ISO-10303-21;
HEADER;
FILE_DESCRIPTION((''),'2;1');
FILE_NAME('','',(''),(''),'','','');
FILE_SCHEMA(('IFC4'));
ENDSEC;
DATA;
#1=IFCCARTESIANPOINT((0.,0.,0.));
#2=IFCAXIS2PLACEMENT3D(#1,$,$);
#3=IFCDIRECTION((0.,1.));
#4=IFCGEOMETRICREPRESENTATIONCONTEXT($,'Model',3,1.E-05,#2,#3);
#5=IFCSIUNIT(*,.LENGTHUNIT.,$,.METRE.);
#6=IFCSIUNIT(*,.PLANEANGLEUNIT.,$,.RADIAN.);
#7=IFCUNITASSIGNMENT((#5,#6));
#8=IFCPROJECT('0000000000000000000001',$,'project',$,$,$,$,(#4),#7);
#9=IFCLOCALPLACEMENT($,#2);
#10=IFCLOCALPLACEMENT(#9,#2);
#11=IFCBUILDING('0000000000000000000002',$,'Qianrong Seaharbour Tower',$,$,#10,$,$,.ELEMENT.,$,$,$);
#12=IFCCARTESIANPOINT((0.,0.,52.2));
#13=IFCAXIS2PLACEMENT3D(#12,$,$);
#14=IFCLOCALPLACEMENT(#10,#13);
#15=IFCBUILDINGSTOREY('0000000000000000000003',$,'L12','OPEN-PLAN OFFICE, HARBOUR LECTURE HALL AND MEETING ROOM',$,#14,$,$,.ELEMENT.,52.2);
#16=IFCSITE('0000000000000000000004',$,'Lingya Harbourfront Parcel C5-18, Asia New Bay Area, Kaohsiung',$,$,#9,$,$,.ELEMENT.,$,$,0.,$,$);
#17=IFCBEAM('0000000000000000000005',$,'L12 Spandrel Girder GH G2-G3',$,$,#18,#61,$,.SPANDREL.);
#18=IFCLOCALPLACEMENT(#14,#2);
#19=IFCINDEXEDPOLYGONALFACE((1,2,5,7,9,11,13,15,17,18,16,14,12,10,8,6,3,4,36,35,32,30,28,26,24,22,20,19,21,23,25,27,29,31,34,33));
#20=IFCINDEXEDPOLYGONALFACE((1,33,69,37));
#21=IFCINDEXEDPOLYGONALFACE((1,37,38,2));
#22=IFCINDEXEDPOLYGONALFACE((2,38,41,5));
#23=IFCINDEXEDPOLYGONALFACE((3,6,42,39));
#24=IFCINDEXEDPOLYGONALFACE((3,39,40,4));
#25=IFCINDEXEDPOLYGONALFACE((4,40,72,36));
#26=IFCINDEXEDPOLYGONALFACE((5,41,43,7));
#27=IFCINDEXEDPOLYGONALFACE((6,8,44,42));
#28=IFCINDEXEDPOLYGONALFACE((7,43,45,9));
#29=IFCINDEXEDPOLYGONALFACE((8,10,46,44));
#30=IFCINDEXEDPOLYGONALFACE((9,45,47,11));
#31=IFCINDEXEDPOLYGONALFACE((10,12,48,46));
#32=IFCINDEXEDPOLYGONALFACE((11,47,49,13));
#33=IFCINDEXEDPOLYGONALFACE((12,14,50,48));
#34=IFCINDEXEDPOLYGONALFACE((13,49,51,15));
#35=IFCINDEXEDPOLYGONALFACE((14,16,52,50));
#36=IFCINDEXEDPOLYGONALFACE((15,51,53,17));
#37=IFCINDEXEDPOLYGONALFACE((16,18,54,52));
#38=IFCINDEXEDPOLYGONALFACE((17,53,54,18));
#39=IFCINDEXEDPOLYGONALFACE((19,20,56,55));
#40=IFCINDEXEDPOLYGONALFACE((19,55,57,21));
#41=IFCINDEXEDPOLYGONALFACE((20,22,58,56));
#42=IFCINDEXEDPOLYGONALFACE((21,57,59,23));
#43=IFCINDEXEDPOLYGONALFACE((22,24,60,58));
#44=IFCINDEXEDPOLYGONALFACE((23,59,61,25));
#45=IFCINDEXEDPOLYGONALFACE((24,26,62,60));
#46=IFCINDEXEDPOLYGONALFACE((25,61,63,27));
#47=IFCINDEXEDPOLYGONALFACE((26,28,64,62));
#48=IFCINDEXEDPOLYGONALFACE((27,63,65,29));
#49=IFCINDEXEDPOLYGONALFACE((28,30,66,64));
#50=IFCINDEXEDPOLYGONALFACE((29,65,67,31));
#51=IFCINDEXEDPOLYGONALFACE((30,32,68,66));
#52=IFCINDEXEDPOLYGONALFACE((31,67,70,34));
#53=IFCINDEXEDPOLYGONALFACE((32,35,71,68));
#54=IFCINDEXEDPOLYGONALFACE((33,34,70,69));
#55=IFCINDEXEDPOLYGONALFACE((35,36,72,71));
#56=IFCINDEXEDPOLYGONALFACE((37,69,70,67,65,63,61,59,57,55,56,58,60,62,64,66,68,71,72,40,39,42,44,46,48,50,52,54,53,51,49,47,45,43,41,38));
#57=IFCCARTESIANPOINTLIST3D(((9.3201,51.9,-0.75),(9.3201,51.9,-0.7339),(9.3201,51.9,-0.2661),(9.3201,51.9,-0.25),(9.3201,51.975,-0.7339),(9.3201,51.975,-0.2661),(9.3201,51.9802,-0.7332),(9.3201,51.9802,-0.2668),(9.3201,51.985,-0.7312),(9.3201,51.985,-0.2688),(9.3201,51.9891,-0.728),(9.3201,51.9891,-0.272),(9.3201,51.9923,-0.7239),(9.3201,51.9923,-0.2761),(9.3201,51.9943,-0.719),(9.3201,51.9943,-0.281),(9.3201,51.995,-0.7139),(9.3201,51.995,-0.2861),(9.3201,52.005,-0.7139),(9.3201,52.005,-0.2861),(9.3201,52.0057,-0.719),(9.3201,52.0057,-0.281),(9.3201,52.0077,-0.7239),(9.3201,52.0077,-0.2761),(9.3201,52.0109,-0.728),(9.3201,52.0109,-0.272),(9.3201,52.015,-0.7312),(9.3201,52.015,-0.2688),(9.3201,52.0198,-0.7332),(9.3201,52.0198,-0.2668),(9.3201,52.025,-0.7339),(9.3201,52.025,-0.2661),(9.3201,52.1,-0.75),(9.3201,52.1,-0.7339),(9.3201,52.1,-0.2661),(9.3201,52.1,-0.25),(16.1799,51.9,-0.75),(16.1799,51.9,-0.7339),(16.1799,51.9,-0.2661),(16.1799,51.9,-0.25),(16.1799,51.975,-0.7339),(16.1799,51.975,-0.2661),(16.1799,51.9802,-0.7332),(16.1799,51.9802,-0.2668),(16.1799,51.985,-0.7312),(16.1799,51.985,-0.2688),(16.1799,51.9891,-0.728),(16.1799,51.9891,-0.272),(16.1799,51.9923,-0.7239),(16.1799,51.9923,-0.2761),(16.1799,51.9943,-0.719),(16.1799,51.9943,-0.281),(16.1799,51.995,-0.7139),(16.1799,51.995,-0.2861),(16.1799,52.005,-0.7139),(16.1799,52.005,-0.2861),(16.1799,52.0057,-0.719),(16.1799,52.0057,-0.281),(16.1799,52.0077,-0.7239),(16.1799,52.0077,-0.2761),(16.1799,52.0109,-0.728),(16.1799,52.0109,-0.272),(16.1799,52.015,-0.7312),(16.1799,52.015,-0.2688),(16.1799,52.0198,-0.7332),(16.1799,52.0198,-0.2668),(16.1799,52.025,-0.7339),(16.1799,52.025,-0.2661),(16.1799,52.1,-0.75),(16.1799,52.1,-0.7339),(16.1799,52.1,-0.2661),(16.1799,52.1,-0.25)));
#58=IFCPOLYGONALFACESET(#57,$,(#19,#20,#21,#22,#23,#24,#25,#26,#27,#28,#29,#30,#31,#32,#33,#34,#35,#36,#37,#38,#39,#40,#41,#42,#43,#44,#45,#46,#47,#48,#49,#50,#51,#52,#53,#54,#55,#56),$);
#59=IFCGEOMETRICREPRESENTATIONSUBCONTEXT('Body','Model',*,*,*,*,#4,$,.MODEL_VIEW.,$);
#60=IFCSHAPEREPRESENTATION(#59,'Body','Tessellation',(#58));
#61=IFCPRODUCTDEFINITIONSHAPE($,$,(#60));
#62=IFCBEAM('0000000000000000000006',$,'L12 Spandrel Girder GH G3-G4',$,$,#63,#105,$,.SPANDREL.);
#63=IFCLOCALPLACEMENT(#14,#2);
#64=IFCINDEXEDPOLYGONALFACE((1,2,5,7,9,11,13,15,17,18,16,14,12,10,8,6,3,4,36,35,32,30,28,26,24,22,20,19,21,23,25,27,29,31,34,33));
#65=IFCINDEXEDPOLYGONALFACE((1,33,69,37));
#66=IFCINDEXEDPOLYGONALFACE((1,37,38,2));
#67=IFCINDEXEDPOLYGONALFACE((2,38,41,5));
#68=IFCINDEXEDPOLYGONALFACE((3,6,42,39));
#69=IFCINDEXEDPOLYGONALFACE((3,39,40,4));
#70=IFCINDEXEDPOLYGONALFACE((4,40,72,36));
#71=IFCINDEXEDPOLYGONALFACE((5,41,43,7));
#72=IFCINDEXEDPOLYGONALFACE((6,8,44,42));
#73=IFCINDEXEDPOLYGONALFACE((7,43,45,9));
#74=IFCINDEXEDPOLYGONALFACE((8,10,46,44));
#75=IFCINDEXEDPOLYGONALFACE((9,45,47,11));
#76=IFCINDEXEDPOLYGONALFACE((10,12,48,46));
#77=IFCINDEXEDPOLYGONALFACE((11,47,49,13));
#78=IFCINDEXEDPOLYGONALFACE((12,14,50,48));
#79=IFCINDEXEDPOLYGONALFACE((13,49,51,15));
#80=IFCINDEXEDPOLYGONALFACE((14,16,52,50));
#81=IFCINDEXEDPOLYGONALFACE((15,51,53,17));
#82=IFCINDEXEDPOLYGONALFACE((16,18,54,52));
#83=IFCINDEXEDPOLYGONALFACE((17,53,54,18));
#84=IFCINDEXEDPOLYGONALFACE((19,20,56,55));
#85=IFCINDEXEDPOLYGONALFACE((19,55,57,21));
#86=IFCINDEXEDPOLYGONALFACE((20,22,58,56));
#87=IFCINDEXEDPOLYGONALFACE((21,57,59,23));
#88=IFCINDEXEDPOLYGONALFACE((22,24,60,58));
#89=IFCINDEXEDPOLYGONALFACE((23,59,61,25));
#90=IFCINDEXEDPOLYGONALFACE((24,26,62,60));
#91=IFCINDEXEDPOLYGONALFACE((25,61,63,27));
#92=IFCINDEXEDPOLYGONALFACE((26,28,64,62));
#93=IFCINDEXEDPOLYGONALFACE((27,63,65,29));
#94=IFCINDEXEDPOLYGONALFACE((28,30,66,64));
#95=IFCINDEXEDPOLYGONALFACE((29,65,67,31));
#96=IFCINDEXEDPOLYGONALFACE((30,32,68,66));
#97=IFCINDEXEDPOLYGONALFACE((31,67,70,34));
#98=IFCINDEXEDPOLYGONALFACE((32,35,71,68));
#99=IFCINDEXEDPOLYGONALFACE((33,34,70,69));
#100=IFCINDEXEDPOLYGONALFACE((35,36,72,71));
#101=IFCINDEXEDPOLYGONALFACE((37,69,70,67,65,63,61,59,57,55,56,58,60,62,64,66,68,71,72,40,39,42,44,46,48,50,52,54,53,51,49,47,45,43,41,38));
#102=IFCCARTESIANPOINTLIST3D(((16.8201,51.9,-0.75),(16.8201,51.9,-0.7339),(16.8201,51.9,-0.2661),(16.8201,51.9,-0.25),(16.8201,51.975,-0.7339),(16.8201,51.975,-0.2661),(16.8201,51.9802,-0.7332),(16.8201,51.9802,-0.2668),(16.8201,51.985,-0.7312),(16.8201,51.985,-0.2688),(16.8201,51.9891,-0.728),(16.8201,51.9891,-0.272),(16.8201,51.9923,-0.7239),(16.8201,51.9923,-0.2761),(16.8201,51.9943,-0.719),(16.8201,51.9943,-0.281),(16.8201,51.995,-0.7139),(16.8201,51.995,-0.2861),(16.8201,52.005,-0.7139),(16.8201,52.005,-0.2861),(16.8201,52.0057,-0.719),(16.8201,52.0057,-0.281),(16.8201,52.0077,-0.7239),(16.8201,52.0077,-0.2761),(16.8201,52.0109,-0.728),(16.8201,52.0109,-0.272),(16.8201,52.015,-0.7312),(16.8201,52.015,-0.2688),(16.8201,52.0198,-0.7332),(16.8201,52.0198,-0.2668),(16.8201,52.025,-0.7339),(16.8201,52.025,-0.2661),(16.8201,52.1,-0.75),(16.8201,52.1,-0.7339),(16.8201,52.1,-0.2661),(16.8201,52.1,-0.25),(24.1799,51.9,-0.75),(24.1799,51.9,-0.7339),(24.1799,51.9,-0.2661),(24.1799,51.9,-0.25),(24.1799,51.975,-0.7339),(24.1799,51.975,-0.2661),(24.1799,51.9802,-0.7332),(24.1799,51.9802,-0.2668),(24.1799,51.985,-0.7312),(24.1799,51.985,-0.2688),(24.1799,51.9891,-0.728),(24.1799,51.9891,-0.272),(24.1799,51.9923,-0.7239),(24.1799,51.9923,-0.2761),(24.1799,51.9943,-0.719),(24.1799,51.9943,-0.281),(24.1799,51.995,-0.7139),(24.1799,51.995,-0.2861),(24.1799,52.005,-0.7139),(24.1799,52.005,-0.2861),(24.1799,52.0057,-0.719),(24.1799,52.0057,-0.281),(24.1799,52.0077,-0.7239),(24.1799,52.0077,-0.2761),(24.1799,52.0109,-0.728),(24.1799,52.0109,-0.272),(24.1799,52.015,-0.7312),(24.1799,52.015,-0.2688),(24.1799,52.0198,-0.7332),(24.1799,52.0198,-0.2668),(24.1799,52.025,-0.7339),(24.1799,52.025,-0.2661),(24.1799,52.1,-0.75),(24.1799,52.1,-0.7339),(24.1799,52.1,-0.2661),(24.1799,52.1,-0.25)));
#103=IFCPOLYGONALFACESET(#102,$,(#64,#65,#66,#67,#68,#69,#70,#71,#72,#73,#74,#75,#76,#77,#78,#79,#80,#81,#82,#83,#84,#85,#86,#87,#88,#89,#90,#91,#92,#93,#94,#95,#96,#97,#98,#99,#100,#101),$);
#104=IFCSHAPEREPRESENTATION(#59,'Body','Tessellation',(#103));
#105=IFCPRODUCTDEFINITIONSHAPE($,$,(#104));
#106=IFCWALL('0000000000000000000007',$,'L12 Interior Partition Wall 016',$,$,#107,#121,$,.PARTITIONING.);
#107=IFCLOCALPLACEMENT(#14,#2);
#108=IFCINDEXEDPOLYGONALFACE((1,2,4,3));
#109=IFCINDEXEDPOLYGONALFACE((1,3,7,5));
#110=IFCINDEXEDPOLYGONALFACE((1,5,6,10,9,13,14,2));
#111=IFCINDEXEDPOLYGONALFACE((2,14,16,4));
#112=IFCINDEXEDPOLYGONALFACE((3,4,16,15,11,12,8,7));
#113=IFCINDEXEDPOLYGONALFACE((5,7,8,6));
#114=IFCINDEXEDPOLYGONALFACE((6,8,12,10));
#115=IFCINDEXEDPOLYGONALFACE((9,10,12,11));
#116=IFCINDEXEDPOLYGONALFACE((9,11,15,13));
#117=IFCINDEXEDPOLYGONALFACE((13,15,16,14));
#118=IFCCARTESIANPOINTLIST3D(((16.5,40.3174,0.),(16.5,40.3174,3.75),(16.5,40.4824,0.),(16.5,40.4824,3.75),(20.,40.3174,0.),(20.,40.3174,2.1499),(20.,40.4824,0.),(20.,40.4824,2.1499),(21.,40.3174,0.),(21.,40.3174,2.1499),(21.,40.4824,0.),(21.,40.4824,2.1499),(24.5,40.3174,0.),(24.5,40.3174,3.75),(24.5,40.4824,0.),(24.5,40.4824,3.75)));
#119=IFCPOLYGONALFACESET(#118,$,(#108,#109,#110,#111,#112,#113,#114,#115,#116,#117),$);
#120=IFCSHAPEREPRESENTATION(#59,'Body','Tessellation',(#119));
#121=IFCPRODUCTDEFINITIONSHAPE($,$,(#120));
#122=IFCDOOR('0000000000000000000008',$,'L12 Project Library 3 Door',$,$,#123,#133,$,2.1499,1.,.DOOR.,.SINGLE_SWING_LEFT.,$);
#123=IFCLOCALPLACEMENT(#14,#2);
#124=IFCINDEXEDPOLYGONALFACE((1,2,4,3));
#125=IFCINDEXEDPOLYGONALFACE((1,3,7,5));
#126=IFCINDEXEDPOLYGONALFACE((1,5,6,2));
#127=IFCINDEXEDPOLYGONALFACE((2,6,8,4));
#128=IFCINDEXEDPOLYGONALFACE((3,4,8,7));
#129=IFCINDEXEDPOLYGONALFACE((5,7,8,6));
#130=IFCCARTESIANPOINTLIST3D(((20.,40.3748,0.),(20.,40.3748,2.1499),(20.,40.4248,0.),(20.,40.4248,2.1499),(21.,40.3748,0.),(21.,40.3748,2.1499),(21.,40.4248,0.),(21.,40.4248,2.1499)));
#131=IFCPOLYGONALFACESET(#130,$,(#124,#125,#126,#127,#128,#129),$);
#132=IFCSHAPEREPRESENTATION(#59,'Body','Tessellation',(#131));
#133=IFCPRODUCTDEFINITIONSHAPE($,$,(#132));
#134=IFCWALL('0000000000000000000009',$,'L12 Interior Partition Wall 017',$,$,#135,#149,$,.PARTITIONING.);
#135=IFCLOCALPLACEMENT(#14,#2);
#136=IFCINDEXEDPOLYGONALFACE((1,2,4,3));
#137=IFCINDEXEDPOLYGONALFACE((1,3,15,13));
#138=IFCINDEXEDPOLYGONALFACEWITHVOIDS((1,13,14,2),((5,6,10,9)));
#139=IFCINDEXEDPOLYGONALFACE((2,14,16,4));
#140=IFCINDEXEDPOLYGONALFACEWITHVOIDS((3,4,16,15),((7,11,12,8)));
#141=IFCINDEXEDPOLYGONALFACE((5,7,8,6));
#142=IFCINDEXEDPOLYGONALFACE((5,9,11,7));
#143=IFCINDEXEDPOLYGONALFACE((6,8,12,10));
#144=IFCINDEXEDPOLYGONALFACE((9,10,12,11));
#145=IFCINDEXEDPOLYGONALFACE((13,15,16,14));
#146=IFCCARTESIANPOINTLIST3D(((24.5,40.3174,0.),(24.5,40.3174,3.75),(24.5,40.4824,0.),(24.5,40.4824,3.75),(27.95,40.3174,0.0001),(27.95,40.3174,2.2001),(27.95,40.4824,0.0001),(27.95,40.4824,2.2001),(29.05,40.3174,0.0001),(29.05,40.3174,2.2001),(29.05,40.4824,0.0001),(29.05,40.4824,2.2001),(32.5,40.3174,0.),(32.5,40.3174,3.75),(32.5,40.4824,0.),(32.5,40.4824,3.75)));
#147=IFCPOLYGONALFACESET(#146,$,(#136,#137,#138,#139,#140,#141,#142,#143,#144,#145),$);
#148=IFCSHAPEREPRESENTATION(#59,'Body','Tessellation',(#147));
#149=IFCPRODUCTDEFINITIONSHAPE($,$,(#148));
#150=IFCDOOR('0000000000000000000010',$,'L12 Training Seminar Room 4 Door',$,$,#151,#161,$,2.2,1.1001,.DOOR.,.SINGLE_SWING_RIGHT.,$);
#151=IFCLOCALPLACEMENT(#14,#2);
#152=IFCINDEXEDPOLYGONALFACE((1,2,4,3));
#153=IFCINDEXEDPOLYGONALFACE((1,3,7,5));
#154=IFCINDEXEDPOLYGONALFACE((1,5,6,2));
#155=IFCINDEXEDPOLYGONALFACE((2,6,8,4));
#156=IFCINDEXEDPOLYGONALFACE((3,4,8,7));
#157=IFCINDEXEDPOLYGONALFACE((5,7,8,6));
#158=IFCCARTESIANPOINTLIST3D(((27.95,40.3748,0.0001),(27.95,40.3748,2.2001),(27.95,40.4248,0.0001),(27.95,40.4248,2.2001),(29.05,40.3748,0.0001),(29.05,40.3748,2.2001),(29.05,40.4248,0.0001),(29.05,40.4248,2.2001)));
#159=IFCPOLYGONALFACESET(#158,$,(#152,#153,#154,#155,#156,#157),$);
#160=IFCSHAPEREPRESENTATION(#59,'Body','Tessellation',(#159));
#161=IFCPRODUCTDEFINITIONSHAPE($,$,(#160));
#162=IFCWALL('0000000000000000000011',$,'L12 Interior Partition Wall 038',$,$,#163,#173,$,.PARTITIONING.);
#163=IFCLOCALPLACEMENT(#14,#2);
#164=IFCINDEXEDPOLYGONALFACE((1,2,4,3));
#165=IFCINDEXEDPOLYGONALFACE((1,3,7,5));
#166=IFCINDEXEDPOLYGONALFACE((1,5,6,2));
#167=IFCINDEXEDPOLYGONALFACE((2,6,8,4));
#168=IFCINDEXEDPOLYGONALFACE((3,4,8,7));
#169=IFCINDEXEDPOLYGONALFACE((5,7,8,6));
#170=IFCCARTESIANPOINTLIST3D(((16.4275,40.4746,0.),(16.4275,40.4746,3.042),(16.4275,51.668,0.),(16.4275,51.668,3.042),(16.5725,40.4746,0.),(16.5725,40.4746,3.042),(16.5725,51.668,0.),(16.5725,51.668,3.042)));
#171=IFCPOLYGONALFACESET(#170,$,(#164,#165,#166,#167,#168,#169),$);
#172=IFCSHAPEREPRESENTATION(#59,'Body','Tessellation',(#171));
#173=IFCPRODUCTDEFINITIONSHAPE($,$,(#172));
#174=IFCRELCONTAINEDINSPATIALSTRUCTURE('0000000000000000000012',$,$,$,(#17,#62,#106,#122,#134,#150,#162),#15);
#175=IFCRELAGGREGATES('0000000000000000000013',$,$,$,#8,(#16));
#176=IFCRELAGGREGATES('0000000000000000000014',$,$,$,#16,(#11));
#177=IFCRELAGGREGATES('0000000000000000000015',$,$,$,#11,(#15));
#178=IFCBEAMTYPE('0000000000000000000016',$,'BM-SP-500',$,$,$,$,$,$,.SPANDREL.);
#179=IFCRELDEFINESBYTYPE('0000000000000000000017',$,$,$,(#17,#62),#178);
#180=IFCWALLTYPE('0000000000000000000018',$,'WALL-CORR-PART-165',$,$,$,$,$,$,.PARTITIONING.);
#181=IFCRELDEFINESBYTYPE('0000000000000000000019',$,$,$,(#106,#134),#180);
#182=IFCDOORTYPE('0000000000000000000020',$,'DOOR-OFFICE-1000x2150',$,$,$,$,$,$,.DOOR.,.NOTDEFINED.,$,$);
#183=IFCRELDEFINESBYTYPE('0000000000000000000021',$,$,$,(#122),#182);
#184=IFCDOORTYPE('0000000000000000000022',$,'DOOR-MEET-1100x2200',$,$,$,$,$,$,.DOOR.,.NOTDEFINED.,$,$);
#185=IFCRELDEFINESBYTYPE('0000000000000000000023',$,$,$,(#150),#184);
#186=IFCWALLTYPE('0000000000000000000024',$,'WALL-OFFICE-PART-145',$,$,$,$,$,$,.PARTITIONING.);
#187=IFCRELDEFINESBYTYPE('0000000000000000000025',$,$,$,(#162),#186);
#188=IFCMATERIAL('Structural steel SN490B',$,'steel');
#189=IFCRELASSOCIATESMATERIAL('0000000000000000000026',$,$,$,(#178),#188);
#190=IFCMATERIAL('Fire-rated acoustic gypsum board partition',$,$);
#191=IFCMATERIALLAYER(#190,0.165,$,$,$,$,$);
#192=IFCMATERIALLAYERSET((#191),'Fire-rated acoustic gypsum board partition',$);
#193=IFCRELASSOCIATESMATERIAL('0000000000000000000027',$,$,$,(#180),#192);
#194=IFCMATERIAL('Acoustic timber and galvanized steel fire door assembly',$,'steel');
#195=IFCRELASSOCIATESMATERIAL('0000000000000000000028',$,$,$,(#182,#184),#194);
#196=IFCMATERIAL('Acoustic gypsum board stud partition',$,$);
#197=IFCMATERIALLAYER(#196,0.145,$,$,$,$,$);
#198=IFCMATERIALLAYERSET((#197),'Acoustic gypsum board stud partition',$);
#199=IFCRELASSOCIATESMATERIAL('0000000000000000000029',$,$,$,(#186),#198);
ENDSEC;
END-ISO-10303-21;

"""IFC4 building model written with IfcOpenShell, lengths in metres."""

from ifc_helpers import new_model, si_unit, direction, frame, frame_2d, origin, origin_2d, place, context, subcontext, project, spatial, rectangle, i_section, extrude, material, layer, layer_set, material_profile, profile_set, type_object, element, fill, save


model = new_model("IFC4")

# Units and contexts
model_context = context("Model", 3, precision=1e-05, world=origin(), true_north=direction((0.0, 1.0)))
body_context = subcontext(model_context, "Body", "Model", "MODEL_VIEW")
ifc_project = project(units=[si_unit("LENGTHUNIT", "METRE"), si_unit("PLANEANGLEUNIT", "RADIAN")], contexts=[model_context])

# Site, building, storey
site_placement = place(None, origin())
site = spatial("IfcSite", under=ifc_project, at=site_placement, Name="Lingya Harbourfront Parcel C5-18, Asia New Bay Area, Kaohsiung", CompositionType="ELEMENT", RefElevation=0.0)
building_placement = place(site_placement, origin())
building = spatial("IfcBuilding", under=site, at=building_placement, Name="Qianrong Seaharbour Tower", CompositionType="ELEMENT")
storey_placement = place(building_placement, frame((0.0, 0.0, 52.2)))
storey = spatial("IfcBuildingStorey", under=building, at=storey_placement, Name="L12", Description="OPEN-PLAN OFFICE, HARBOUR LECTURE HALL AND MEETING ROOM", CompositionType="ELEMENT", Elevation=52.2)

# Shared definitions
ifc_material_1 = material(Name="Structural steel SN490B", Category="steel")

# Beams
ifc_material_profile_1 = material_profile(ifc_material_1, i_section(OverallWidth=0.2, OverallDepth=0.5, WebThickness=0.01, FlangeThickness=0.0161, FilletRadius=0.02, at=origin_2d()), Name="H500x200x10x16")
ifc_profile_set_1 = profile_set([ifc_material_profile_1], Name="Structural steel SN490B")
beam_type_1 = type_object("IfcBeamType", Name="BM-SP-500", PredefinedType="SPANDREL", material=ifc_profile_set_1)
beam_1_placement = place(storey_placement, frame((9.3201, 52.0, -0.5), z_axis=(1.0, 0.0, 0.0), x_axis=(0.0, 1.0, 0.0)))
element("IfcBeam", 1, at=beam_1_placement, inside=storey, type_object=beam_type_1, Name="L12 Spandrel Girder GH G2-G3", PredefinedType="SPANDREL", context=body_context, shape_type="SweptSolid", body=[
    extrude(i_section(OverallWidth=0.2, OverallDepth=0.5, WebThickness=0.01, FlangeThickness=0.0161, FilletRadius=0.02, at=origin_2d()), origin(), (0.0, 0.0, 1.0), 6.8599),
])
beam_2_placement = place(storey_placement, frame((16.8201, 52.0, -0.5), z_axis=(1.0, 0.0, 0.0), x_axis=(0.0, 1.0, 0.0)))
element("IfcBeam", 2, at=beam_2_placement, inside=storey, type_object=beam_type_1, Name="L12 Spandrel Girder GH G3-G4", PredefinedType="SPANDREL", context=body_context, shape_type="SweptSolid", body=[
    extrude(i_section(OverallWidth=0.2, OverallDepth=0.5, WebThickness=0.01, FlangeThickness=0.0161, FilletRadius=0.02, at=origin_2d()), origin(), (0.0, 0.0, 1.0), 7.3599),
])

# Walls, openings, doors
ifc_material_2 = material(Name="Fire-rated acoustic gypsum board partition")
ifc_layer_1 = layer(ifc_material_2, 0.165)
ifc_layer_set_1 = layer_set([ifc_layer_1], Name="Fire-rated acoustic gypsum board partition")
wall_type_1 = type_object("IfcWallType", Name="WALL-CORR-PART-165", PredefinedType="PARTITIONING", material=ifc_layer_set_1)
wall_1_placement = place(storey_placement, frame((16.5, 40.3999, 0.0), z_axis=(0.0, 0.0, 1.0), x_axis=(1.0, 0.0, 0.0)))
wall_1 = element("IfcWall", 3, at=wall_1_placement, inside=storey, type_object=wall_type_1, Name="L12 Interior Partition Wall 016", PredefinedType="PARTITIONING", context=body_context, shape_type="SweptSolid", body=[
    extrude(rectangle(XDim=8.0, YDim=0.165, at=frame_2d((4.0, 0.0))), origin(), (0.0, 0.0, 1.0), 3.75),
])
opening_1_placement = place(wall_1_placement, frame((3.5, 0.0, 0.0)))
opening_1 = element("IfcOpeningElement", 4, at=opening_1_placement, cuts=wall_1, PredefinedType="OPENING", context=body_context, shape_type="SweptSolid", body=[
    extrude(rectangle(XDim=1.0, YDim=2.1499, at=frame_2d((0.5, 1.075))), frame((0.0, 0.0925, 0.0), z_axis=(0.0, -1.0, 0.0), x_axis=(1.0, 0.0, 0.0)), (0.0, 0.0, 1.0), 0.1851),
])
ifc_material_3 = material(Name="Acoustic timber and galvanized steel fire door assembly", Category="steel")
door_type_1 = type_object("IfcDoorType", Name="DOOR-OFFICE-1000x2150", OperationType="NOTDEFINED", PredefinedType="DOOR", material=ifc_material_3)
door_1_placement = place(opening_1_placement, origin())
door_1 = element("IfcDoor", 5, at=door_1_placement, inside=storey, type_object=door_type_1, Name="L12 Project Library 3 Door", OperationType="SINGLE_SWING_LEFT", OverallHeight=2.1499, OverallWidth=1.0, PredefinedType="DOOR", context=body_context, shape_type="SweptSolid", body=[
    extrude(rectangle(XDim=1.0, YDim=2.1499, at=frame_2d((0.5, 1.075))), frame((0.0, 0.0249, 0.0), z_axis=(0.0, -1.0, 0.0), x_axis=(1.0, 0.0, 0.0)), (0.0, 0.0, 1.0), 0.05),
])
fill(opening_1, door_1)
wall_2_placement = place(storey_placement, frame((24.5, 40.3999, 0.0), z_axis=(0.0, 0.0, 1.0), x_axis=(1.0, 0.0, 0.0)))
wall_2 = element("IfcWall", 6, at=wall_2_placement, inside=storey, type_object=wall_type_1, Name="L12 Interior Partition Wall 017", PredefinedType="PARTITIONING", context=body_context, shape_type="SweptSolid", body=[
    extrude(rectangle(XDim=8.0, YDim=0.165, at=frame_2d((4.0, 0.0))), origin(), (0.0, 0.0, 1.0), 3.75),
])
opening_2_placement = place(wall_2_placement, frame((3.45, 0.0, 0.0)))
opening_2 = element("IfcOpeningElement", 7, at=opening_2_placement, cuts=wall_2, PredefinedType="OPENING", context=body_context, shape_type="SweptSolid", body=[
    extrude(rectangle(XDim=1.1001, YDim=2.2, at=frame_2d((0.55, 1.1001))), frame((0.0, 0.0925, 0.0), z_axis=(0.0, -1.0, 0.0), x_axis=(1.0, 0.0, 0.0)), (0.0, 0.0, 1.0), 0.1851),
])
door_type_2 = type_object("IfcDoorType", Name="DOOR-MEET-1100x2200", OperationType="NOTDEFINED", PredefinedType="DOOR", material=ifc_material_3)
door_2_placement = place(opening_2_placement, origin())
door_2 = element("IfcDoor", 8, at=door_2_placement, inside=storey, type_object=door_type_2, Name="L12 Training Seminar Room 4 Door", OperationType="SINGLE_SWING_RIGHT", OverallHeight=2.2, OverallWidth=1.1001, PredefinedType="DOOR", context=body_context, shape_type="SweptSolid", body=[
    extrude(rectangle(XDim=1.1001, YDim=2.2, at=frame_2d((0.55, 1.1001))), frame((0.0, 0.0249, 0.0), z_axis=(0.0, -1.0, 0.0), x_axis=(1.0, 0.0, 0.0)), (0.0, 0.0, 1.0), 0.05),
])
fill(opening_2, door_2)

# Wall
ifc_material_4 = material(Name="Acoustic gypsum board stud partition")
ifc_layer_2 = layer(ifc_material_4, 0.145)
ifc_layer_set_2 = layer_set([ifc_layer_2], Name="Acoustic gypsum board stud partition")
wall_type_2 = type_object("IfcWallType", Name="WALL-OFFICE-PART-145", PredefinedType="PARTITIONING", material=ifc_layer_set_2)
wall_3_placement = place(storey_placement, frame((16.5, 51.668, 0.0), z_axis=(0.0, 0.0, 1.0), x_axis=(0.0, -1.0, 0.0)))
element("IfcWall", 9, at=wall_3_placement, inside=storey, type_object=wall_type_2, Name="L12 Interior Partition Wall 038", PredefinedType="PARTITIONING", context=body_context, shape_type="SweptSolid", body=[
    extrude(rectangle(XDim=11.1934, YDim=0.145, at=frame_2d((5.5967, 0.0))), origin(), (0.0, 0.0, 1.0), 3.042),
])

save(model, "model.ifc")
